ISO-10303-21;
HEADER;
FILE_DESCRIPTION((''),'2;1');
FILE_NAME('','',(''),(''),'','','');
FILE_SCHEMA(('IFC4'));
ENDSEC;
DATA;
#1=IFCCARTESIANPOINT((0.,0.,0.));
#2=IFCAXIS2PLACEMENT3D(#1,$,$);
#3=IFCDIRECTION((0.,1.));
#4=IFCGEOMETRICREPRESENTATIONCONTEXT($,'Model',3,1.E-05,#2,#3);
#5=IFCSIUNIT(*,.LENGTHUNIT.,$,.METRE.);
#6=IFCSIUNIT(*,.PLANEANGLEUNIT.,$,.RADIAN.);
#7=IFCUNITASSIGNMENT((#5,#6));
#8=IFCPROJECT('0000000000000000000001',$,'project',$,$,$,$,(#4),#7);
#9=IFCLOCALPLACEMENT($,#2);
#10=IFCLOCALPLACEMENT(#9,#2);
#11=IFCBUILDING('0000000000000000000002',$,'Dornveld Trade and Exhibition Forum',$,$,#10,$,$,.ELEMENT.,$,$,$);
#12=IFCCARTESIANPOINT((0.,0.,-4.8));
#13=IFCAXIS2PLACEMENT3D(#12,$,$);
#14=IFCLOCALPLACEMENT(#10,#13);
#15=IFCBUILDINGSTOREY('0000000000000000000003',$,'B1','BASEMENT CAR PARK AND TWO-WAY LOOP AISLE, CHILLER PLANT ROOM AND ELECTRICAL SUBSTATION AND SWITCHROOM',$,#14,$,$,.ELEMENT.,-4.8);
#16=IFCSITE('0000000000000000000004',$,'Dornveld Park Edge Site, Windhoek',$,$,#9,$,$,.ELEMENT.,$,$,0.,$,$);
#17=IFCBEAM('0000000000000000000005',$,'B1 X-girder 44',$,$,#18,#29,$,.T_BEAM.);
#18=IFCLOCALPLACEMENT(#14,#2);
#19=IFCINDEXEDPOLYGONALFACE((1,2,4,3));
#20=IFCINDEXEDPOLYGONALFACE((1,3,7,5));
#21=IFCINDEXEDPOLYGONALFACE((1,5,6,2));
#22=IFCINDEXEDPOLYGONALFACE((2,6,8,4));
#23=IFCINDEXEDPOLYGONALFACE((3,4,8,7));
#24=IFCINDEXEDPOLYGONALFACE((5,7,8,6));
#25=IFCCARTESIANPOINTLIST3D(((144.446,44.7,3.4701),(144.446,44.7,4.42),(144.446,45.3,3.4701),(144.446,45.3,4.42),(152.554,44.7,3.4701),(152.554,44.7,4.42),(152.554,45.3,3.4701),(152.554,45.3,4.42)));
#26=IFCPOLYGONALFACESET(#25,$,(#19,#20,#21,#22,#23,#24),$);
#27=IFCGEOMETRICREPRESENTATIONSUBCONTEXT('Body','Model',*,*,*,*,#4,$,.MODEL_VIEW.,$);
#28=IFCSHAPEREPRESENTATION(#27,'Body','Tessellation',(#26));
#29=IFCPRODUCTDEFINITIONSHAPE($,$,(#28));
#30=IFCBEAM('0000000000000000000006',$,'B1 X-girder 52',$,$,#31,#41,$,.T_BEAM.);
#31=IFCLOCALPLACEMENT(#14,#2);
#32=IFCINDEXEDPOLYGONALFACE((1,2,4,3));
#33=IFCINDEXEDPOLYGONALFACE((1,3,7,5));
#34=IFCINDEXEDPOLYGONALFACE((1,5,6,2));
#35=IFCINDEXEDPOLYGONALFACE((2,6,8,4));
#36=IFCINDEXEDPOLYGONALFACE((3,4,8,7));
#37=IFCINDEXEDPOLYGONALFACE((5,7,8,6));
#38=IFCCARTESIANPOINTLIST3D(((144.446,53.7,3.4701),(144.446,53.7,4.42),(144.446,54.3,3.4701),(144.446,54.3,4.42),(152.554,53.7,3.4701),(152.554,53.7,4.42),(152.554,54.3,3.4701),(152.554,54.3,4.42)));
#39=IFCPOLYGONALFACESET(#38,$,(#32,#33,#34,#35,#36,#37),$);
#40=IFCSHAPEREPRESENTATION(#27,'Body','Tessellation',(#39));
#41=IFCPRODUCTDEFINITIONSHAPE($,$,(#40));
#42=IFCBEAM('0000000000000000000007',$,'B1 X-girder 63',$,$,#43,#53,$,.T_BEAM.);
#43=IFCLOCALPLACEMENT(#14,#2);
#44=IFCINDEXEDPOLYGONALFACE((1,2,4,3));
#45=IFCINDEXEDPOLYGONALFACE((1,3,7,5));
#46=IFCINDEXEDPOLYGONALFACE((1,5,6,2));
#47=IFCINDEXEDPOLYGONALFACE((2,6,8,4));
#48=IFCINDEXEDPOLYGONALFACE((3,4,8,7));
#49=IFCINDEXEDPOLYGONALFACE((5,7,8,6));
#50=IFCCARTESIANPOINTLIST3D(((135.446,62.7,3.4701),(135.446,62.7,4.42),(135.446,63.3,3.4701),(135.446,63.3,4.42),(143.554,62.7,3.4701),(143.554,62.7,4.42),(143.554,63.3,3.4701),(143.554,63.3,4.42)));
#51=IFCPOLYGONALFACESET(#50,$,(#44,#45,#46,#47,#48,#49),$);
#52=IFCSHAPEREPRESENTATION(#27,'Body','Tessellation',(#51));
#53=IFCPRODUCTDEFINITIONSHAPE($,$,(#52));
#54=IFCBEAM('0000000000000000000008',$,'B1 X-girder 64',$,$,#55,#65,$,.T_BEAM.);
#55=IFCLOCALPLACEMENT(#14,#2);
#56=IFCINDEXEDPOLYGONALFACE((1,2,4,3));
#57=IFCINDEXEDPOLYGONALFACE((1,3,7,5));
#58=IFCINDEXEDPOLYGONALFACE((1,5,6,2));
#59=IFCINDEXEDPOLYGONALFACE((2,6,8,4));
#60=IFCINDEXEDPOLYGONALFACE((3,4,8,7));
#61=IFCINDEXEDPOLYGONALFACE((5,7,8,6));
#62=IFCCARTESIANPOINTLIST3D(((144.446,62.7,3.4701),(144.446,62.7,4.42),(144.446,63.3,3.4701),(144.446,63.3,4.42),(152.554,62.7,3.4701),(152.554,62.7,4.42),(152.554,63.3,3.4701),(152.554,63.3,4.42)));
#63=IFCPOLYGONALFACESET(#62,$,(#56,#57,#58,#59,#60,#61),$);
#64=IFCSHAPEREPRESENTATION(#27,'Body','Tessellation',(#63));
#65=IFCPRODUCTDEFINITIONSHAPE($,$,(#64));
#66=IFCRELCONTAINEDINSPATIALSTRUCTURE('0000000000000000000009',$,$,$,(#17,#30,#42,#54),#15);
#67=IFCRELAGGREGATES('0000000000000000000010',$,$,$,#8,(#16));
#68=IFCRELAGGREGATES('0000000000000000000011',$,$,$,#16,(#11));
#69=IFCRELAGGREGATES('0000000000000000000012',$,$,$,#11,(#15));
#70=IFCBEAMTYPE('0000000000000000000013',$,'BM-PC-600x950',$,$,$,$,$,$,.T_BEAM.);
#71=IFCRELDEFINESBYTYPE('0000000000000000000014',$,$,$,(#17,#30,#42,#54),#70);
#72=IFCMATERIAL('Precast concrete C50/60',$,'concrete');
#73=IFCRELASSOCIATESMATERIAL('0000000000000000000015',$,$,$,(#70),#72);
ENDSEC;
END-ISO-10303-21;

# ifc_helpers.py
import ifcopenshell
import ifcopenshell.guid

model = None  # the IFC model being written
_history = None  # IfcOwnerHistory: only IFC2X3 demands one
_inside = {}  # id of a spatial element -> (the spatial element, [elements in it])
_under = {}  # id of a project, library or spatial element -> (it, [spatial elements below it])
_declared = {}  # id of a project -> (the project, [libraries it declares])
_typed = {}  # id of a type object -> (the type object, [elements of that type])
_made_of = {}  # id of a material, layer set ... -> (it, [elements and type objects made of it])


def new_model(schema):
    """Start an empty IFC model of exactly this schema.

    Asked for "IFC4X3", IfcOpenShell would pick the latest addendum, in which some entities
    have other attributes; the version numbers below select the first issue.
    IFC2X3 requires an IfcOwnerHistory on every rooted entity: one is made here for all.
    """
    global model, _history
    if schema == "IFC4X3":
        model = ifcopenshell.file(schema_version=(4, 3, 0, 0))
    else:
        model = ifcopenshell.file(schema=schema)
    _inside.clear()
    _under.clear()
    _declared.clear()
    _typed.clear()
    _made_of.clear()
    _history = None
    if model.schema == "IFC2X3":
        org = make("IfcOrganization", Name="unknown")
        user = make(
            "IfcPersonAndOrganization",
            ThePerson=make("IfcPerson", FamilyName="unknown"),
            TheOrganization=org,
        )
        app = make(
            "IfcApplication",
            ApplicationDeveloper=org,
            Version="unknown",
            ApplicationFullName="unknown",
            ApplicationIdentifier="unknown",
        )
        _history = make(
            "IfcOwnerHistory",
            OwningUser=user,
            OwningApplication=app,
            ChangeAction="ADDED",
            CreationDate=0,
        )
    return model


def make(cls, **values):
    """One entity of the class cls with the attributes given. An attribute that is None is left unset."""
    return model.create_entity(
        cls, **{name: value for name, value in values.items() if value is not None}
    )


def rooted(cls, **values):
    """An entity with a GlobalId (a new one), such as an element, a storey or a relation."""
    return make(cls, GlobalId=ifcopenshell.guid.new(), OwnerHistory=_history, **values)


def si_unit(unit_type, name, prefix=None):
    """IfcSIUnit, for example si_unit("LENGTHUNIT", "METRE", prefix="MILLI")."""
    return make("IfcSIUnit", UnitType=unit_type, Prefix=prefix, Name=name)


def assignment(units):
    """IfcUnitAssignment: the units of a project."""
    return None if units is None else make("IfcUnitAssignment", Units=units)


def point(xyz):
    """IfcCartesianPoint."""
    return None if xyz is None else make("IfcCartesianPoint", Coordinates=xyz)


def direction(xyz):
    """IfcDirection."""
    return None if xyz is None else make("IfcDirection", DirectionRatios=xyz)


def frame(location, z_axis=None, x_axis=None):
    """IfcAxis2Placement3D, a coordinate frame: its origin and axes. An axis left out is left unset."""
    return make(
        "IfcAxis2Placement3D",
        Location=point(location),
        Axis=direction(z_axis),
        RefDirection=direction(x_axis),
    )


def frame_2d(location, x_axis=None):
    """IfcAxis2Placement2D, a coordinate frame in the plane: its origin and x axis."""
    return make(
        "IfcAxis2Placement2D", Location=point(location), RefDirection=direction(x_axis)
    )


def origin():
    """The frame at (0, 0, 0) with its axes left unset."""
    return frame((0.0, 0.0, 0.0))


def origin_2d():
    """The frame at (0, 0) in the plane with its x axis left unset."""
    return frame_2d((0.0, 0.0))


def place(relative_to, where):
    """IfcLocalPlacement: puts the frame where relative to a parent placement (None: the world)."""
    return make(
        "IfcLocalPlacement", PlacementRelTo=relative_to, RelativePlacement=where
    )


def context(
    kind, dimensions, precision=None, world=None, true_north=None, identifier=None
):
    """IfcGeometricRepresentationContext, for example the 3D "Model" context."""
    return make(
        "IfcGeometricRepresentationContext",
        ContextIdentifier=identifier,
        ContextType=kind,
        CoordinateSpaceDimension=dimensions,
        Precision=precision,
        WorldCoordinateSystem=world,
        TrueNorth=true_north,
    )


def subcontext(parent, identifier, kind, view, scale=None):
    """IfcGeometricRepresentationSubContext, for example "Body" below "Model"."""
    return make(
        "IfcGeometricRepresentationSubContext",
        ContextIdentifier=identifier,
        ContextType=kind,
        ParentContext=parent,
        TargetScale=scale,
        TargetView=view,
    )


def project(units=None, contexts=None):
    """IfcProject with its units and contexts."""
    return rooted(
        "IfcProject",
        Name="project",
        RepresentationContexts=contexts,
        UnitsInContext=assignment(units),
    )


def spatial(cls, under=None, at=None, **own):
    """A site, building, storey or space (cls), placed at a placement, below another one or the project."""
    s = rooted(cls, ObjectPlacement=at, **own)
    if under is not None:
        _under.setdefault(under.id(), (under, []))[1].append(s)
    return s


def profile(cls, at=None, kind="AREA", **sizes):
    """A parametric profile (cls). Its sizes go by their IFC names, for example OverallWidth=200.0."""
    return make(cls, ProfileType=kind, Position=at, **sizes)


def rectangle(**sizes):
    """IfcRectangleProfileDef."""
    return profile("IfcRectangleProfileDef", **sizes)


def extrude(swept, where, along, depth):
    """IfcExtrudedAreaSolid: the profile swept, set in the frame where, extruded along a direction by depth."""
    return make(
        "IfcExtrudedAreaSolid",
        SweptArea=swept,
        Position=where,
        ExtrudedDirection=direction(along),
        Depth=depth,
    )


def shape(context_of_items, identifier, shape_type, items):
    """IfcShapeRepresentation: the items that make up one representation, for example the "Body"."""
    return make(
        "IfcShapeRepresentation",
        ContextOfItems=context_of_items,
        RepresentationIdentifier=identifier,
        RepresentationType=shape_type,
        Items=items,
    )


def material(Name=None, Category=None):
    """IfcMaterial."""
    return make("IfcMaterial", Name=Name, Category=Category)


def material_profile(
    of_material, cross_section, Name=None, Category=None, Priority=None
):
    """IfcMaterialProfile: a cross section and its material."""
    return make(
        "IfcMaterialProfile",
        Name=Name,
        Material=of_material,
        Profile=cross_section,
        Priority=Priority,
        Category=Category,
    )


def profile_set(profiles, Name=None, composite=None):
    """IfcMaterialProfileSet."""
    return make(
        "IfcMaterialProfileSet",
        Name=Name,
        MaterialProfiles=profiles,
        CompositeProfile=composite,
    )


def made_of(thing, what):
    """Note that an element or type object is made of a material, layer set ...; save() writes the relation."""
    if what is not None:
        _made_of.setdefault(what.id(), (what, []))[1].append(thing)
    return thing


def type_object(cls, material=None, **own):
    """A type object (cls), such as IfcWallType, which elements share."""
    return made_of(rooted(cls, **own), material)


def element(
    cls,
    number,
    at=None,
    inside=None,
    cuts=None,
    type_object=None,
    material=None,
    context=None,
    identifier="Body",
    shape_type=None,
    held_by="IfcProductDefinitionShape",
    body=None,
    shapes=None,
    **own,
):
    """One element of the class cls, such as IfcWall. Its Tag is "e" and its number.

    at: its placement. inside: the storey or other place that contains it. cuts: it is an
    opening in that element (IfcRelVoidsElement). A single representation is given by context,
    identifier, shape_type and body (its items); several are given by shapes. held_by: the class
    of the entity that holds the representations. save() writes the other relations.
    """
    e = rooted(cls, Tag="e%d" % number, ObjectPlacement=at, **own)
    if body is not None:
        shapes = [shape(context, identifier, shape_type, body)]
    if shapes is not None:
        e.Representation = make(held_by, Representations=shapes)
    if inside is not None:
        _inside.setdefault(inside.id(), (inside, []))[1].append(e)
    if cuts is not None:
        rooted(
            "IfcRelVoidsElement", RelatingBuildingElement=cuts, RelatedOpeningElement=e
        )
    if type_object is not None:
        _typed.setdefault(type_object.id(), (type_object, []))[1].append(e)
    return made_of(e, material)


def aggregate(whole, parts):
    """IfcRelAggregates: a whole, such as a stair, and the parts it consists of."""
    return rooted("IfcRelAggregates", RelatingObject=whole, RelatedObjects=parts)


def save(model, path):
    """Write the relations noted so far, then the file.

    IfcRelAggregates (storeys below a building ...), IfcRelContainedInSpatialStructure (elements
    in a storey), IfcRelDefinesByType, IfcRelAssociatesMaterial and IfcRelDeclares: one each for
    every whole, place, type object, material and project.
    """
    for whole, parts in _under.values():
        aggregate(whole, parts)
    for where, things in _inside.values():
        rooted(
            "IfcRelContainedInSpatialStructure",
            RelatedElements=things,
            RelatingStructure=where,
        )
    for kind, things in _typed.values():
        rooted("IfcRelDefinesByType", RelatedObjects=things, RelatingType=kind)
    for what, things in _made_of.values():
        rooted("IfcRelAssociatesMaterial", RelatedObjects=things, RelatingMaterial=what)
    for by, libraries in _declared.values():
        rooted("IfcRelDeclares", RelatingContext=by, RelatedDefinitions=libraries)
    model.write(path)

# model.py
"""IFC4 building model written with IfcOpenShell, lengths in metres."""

from ifc_helpers import new_model, si_unit, direction, frame, origin, origin_2d, place, context, subcontext, project, spatial, rectangle, extrude, material, material_profile, profile_set, type_object, element, save


model = new_model("IFC4")

# Units and contexts
model_context = context("Model", 3, precision=1e-05, world=origin(), true_north=direction((0.0, 1.0)))
body_context = subcontext(model_context, "Body", "Model", "MODEL_VIEW")
ifc_project = project(units=[si_unit("LENGTHUNIT", "METRE"), si_unit("PLANEANGLEUNIT", "RADIAN")], contexts=[model_context])

# Site, building, storey
site_placement = place(None, origin())
site = spatial("IfcSite", under=ifc_project, at=site_placement, Name="Dornveld Park Edge Site, Windhoek", CompositionType="ELEMENT", RefElevation=0.0)
building_placement = place(site_placement, origin())
building = spatial("IfcBuilding", under=site, at=building_placement, Name="Dornveld Trade and Exhibition Forum", CompositionType="ELEMENT")
storey_placement = place(building_placement, frame((0.0, 0.0, -4.8)))
storey = spatial("IfcBuildingStorey", under=building, at=storey_placement, Name="B1", Description="BASEMENT CAR PARK AND TWO-WAY LOOP AISLE, CHILLER PLANT ROOM AND ELECTRICAL SUBSTATION AND SWITCHROOM", CompositionType="ELEMENT", Elevation=-4.8)

# Beams
ifc_material_1 = material(Name="Precast concrete C50/60", Category="concrete")
ifc_material_profile_1 = material_profile(ifc_material_1, rectangle(XDim=0.6001, YDim=0.95, at=origin_2d()), Name="PC-GIR 600x950")
ifc_profile_set_1 = profile_set([ifc_material_profile_1], Name="Precast concrete C50/60")
beam_type_1 = type_object("IfcBeamType", Name="BM-PC-600x950", PredefinedType="T_BEAM", material=ifc_profile_set_1)
for number, where, z_axis, x_axis, name in (
    (1, (144.446, 45.0, 3.9451), (1.0, 0.0, 0.0), (0.0, 1.0, 0.0), "B1 X-girder 44"),
    (2, (144.446, 54.0, 3.9451), (1.0, 0.0, 0.0), (0.0, 1.0, 0.0), "B1 X-girder 52"),
    (3, (135.446, 63.0, 3.9451), (1.0, 0.0, 0.0), (0.0, 1.0, 0.0), "B1 X-girder 63"),
    (4, (144.446, 63.0, 3.9451), (1.0, 0.0, 0.0), (0.0, 1.0, 0.0), "B1 X-girder 64"),
):
    element("IfcBeam", number, at=place(storey_placement, frame(where, z_axis=z_axis, x_axis=x_axis)), inside=storey, type_object=beam_type_1, Name=name, PredefinedType="T_BEAM", context=body_context, shape_type="SweptSolid", body=[
        extrude(rectangle(XDim=0.6001, YDim=0.95, at=origin_2d()), origin(), (0.0, 0.0, 1.0), 8.1079),
    ])

save(model, "model.ifc")
